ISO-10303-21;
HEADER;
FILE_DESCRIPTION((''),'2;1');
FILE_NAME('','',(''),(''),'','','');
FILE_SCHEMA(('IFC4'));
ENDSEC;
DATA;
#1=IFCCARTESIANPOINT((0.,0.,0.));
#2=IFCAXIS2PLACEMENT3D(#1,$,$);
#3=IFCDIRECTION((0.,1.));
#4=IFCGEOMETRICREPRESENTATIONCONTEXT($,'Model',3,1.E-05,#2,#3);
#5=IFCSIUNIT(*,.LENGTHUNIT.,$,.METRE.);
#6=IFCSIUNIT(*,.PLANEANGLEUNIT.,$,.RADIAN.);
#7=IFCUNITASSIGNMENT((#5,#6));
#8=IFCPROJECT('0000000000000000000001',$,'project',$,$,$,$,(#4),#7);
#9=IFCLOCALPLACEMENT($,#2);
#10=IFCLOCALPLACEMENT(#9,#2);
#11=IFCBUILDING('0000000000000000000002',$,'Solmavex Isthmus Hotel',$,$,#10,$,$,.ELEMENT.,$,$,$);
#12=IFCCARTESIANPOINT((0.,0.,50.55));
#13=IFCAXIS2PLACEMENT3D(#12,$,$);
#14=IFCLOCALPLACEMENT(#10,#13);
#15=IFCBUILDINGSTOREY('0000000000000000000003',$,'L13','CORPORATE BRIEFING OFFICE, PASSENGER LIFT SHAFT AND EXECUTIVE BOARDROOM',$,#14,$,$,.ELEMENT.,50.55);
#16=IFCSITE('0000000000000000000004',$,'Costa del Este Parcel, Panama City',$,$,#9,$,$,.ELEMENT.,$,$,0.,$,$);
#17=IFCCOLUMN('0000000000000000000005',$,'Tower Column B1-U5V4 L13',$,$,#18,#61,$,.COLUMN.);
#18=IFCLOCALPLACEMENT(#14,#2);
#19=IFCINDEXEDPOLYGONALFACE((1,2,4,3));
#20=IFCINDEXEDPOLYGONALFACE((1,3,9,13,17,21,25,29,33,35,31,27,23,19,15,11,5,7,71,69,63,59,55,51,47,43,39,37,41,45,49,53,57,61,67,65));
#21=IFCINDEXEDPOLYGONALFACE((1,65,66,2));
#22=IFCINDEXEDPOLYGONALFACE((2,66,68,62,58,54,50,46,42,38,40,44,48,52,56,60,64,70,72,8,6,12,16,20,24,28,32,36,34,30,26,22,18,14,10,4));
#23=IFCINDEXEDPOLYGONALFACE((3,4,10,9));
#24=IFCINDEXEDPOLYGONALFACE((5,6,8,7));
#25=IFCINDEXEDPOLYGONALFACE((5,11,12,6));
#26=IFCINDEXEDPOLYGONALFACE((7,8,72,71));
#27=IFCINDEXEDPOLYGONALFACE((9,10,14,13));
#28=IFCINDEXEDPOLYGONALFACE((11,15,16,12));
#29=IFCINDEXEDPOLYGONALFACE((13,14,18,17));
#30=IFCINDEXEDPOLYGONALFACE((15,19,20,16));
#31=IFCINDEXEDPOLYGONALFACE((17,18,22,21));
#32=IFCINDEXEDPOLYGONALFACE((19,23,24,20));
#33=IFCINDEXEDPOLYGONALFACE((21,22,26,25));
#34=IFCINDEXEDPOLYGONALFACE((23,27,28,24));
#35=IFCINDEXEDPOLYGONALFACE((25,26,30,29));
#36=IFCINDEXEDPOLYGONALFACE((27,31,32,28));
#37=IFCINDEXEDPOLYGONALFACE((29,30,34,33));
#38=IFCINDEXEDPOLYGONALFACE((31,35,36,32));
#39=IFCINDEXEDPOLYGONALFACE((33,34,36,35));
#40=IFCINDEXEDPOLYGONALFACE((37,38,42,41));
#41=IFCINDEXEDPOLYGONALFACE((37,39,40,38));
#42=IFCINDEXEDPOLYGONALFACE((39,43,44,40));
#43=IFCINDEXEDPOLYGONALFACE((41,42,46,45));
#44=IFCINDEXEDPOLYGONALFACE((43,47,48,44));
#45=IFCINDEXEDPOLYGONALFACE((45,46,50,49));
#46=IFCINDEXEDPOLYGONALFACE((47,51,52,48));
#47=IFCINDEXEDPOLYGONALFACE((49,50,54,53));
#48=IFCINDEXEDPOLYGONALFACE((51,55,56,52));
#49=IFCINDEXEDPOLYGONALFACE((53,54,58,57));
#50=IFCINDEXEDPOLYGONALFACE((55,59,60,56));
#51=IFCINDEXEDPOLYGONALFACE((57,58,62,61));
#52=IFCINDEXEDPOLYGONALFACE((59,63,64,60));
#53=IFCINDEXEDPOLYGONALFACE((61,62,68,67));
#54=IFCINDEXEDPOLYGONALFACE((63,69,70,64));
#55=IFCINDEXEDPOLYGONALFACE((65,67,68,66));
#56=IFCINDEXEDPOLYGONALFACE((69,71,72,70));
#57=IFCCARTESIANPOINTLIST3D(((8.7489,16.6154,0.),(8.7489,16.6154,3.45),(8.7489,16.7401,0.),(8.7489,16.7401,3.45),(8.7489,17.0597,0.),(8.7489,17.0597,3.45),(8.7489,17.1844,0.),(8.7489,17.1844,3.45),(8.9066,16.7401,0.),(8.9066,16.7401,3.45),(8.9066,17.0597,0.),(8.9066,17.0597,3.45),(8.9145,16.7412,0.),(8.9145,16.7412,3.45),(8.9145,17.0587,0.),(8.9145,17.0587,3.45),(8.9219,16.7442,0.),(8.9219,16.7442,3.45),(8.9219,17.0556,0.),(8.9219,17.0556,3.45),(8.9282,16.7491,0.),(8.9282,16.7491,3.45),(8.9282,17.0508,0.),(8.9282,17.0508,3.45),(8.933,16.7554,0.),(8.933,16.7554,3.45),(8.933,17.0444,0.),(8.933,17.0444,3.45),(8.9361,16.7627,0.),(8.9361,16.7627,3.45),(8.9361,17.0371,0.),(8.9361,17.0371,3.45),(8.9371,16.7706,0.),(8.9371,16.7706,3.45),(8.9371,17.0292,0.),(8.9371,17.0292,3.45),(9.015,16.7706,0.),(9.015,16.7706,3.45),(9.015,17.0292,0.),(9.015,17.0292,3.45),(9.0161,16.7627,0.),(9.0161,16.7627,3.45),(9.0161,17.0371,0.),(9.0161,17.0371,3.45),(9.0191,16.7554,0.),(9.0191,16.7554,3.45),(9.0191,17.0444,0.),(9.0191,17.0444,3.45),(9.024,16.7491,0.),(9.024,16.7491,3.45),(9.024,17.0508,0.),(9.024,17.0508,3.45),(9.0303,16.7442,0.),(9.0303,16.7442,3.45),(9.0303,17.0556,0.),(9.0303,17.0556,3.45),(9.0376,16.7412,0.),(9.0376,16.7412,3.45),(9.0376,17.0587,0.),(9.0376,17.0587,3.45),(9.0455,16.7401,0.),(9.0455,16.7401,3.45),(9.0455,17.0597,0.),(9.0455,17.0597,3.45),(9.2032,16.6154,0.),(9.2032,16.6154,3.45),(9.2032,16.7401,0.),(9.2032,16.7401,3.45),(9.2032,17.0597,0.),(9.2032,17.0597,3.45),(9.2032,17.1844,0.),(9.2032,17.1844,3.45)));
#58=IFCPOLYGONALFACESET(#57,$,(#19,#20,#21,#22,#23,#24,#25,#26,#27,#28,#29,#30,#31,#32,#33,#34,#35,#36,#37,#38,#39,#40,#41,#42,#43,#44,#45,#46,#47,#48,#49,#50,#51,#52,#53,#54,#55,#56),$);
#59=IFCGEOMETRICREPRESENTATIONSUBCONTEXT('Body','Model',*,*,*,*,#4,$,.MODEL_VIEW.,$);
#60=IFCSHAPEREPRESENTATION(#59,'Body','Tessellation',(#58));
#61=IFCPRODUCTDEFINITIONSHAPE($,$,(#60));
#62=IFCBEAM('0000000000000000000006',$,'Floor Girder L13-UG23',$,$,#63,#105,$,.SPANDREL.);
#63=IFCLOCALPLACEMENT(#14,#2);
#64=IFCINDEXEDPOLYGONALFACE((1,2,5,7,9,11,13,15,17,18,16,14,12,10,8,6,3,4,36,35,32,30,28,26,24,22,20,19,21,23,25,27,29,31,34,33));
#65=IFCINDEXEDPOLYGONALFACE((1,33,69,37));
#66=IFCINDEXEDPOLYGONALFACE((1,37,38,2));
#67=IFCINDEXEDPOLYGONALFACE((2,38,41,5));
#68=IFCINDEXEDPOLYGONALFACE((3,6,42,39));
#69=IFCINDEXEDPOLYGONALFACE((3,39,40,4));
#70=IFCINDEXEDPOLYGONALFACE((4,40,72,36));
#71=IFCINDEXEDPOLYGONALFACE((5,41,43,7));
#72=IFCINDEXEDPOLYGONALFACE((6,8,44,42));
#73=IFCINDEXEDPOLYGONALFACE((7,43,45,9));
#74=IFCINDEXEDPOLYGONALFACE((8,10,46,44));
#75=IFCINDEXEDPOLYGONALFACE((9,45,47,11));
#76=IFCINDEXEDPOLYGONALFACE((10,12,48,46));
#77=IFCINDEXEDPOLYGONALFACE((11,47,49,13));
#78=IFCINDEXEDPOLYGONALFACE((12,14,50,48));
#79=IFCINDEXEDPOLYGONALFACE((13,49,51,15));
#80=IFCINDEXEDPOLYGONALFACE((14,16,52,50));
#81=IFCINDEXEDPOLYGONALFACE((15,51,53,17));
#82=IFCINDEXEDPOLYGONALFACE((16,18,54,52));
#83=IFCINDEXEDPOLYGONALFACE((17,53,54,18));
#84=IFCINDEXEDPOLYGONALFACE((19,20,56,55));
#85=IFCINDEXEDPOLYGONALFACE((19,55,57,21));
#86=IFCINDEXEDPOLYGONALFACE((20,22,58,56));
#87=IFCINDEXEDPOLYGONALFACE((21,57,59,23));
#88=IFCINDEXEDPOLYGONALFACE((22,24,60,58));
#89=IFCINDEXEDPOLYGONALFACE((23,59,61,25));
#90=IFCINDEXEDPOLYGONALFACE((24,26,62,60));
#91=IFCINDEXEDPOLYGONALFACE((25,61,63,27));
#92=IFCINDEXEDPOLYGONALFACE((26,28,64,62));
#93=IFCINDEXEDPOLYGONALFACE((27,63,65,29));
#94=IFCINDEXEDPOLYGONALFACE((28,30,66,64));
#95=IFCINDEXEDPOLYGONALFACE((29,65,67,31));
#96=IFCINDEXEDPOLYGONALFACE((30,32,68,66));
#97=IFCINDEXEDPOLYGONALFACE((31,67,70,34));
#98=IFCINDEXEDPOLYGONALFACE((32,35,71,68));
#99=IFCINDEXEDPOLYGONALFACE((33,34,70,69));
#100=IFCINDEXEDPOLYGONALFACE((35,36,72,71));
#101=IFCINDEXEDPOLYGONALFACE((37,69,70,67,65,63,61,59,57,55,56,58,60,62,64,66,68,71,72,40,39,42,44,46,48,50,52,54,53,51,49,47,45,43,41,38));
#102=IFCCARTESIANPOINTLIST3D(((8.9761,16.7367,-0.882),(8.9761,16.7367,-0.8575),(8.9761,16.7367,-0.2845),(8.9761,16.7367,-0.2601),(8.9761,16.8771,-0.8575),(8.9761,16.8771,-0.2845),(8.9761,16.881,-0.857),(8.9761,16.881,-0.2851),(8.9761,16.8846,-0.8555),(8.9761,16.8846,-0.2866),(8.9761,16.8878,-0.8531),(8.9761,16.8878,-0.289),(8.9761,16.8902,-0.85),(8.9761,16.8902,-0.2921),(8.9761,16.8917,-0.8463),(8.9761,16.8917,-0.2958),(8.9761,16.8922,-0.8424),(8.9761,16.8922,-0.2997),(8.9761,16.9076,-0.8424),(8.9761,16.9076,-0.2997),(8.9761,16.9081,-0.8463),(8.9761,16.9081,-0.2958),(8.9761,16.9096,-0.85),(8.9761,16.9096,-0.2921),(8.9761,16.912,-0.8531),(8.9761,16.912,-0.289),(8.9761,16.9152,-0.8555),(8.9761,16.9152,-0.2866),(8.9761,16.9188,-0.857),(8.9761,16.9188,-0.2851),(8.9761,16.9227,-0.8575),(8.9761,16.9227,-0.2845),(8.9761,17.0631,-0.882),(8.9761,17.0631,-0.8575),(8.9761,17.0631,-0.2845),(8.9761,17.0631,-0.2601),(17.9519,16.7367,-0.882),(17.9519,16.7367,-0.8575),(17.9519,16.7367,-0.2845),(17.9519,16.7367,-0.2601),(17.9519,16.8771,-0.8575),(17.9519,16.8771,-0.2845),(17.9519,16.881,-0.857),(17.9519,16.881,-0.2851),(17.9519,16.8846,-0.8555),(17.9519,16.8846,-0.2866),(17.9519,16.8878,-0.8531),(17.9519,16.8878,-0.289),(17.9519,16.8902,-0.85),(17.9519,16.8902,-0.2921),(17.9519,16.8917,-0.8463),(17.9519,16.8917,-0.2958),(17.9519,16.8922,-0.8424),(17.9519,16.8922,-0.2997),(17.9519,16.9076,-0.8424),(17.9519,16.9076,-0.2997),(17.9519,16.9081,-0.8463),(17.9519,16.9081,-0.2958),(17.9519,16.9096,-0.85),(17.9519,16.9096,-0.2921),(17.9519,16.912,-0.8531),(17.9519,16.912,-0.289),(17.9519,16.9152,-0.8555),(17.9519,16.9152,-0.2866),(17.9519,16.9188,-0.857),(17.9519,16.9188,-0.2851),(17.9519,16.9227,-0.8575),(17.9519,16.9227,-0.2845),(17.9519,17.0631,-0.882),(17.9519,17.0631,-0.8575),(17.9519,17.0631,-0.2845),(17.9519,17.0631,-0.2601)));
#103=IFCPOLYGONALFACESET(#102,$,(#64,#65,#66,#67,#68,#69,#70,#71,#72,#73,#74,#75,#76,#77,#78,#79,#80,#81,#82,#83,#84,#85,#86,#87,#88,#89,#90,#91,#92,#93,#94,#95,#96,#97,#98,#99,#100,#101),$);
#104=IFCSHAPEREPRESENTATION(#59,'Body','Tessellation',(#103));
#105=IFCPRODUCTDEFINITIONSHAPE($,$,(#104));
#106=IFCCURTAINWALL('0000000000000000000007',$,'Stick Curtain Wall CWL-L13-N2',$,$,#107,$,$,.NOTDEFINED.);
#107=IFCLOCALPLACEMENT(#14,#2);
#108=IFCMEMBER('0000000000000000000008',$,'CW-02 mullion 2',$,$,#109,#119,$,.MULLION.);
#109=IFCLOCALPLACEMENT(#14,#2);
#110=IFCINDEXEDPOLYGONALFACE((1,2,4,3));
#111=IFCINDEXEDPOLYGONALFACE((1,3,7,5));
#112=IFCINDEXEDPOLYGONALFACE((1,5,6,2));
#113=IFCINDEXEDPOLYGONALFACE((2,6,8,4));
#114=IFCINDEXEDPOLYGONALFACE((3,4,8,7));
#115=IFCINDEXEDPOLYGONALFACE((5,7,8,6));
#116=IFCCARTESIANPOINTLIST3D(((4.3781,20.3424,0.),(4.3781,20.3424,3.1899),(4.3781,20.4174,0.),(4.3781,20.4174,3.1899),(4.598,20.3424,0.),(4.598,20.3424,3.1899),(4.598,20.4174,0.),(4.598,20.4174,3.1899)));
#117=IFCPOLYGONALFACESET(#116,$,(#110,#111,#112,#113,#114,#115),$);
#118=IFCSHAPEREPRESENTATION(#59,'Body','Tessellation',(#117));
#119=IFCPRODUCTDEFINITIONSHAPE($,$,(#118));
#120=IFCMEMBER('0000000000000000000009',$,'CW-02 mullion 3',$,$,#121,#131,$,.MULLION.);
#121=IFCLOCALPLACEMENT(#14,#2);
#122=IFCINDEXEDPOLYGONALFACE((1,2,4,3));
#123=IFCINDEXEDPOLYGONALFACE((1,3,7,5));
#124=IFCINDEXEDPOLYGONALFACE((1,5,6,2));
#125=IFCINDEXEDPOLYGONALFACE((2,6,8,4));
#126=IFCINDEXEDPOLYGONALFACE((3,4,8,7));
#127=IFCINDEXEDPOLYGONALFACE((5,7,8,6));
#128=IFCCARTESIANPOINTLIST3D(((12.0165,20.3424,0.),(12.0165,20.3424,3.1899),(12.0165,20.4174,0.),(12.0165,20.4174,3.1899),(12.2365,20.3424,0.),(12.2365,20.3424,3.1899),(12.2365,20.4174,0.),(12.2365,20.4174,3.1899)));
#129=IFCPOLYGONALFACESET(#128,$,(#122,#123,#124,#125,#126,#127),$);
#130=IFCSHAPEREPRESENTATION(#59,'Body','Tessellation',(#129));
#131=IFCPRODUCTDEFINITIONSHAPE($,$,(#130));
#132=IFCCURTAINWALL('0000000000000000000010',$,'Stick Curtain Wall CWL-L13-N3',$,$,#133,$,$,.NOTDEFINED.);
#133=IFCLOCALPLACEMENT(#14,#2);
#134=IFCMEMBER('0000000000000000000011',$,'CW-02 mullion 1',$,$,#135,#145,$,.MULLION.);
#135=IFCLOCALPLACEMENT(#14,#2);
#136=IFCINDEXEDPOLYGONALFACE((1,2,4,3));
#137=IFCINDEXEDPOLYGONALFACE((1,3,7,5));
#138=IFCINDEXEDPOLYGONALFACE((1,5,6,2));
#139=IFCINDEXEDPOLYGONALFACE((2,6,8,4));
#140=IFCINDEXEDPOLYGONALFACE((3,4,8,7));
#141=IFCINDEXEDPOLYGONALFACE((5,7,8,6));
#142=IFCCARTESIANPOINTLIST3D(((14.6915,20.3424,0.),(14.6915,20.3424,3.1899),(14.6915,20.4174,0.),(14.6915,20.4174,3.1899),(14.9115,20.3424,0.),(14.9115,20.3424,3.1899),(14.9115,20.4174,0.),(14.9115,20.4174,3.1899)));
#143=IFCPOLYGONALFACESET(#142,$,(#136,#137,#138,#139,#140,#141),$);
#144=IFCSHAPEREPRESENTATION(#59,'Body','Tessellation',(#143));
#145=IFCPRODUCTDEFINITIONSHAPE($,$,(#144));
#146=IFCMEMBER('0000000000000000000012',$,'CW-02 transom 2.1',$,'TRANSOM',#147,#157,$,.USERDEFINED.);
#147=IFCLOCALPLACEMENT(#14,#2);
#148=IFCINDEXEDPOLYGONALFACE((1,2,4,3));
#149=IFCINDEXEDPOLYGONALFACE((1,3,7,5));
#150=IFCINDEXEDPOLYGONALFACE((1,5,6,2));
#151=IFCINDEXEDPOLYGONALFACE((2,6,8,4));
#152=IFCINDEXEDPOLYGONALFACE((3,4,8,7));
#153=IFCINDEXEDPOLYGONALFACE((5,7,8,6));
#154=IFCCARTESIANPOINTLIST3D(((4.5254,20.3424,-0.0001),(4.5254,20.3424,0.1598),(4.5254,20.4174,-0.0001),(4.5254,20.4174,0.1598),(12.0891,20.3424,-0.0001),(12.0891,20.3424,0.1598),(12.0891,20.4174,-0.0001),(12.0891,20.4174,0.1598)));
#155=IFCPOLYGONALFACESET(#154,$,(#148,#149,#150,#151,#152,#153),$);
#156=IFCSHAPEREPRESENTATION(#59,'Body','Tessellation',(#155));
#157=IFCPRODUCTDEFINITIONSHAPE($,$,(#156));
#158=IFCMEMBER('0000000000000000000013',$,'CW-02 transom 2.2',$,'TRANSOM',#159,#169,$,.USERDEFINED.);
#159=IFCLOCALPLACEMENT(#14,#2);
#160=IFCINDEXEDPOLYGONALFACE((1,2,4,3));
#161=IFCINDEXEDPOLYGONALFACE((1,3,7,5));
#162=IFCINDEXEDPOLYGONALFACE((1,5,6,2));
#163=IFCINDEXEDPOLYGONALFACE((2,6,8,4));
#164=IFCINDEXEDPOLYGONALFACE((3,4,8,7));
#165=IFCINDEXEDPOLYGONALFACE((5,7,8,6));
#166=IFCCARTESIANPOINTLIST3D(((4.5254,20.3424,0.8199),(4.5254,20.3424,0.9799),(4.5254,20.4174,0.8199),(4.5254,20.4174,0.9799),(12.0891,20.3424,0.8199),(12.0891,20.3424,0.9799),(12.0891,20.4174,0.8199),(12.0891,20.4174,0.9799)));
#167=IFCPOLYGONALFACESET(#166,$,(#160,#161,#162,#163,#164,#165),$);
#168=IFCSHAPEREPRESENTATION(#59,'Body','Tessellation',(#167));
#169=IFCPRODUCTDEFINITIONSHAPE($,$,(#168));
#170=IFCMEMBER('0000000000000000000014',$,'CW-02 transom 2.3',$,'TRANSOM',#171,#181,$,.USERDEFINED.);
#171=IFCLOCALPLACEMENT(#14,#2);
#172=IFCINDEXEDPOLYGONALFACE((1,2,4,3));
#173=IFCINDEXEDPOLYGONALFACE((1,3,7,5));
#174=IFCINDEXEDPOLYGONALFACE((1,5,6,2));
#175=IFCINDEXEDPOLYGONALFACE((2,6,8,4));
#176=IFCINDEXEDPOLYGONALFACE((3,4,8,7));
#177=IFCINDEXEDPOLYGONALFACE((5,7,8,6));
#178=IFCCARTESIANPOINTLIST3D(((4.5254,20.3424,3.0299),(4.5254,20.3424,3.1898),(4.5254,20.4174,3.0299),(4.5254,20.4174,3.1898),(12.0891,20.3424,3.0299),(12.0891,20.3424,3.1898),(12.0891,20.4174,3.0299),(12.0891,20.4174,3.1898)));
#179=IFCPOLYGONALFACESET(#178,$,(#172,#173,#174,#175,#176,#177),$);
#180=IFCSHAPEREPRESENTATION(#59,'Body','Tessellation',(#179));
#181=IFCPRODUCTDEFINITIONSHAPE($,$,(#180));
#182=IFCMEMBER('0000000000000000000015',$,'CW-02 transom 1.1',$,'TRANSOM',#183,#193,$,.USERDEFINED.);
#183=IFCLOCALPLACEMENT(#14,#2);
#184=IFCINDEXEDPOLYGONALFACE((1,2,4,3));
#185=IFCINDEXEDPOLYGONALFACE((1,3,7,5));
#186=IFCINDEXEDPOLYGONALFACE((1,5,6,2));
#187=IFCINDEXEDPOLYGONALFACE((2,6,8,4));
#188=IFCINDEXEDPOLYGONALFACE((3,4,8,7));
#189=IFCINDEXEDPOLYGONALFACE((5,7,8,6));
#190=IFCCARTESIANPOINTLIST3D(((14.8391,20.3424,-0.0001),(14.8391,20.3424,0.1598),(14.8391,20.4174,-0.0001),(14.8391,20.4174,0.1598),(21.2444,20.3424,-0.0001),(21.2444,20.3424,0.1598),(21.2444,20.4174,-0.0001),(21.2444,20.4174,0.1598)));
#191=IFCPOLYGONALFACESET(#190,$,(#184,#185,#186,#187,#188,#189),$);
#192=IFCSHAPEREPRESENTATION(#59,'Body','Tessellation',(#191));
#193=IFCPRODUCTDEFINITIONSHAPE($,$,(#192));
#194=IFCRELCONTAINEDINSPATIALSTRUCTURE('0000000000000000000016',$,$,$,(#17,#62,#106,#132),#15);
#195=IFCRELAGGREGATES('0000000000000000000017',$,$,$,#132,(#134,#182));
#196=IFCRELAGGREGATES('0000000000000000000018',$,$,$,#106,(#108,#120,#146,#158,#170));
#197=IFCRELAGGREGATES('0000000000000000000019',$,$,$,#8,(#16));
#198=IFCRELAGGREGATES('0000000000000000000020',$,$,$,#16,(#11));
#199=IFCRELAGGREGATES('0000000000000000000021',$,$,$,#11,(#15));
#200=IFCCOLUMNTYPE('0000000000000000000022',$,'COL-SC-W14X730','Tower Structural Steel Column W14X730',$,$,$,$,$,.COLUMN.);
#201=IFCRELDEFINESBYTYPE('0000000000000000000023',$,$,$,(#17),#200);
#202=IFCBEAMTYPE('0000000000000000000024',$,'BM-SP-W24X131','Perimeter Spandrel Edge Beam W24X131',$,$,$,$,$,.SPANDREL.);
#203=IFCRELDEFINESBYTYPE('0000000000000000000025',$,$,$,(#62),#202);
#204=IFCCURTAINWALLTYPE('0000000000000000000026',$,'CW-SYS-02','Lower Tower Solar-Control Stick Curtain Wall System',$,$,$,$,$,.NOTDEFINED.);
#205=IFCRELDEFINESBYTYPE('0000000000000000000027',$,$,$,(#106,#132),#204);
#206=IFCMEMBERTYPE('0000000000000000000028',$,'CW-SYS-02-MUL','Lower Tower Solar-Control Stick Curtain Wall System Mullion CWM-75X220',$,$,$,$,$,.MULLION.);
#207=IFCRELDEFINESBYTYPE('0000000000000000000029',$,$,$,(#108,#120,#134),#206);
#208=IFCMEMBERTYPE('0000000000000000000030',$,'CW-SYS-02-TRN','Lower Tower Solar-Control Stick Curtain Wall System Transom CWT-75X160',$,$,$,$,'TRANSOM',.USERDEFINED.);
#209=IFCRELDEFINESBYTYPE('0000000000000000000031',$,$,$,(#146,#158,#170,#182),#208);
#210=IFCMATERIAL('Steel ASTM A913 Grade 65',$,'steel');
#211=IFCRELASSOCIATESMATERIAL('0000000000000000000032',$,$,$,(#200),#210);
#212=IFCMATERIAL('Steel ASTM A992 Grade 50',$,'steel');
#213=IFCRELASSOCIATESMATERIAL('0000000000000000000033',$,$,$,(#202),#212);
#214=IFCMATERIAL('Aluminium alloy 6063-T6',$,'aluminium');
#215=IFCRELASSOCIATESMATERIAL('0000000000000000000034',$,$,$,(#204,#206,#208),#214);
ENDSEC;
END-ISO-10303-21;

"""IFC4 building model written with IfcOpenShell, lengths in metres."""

from ifc_helpers import new_model, si_unit, direction, frame, origin, origin_2d, place, context, subcontext, project, spatial, rectangle, i_section, extrude, material, material_profile, profile_set, type_object, element, aggregate, save


model = new_model("IFC4")

# Units and contexts
model_context = context("Model", 3, precision=1e-05, world=origin(), true_north=direction((0.0, 1.0)))
body_context = subcontext(model_context, "Body", "Model", "MODEL_VIEW")
ifc_project = project(units=[si_unit("LENGTHUNIT", "METRE"), si_unit("PLANEANGLEUNIT", "RADIAN")], contexts=[model_context])

# Site, building, storey
site_placement = place(None, origin())
site = spatial("IfcSite", under=ifc_project, at=site_placement, Name="Costa del Este Parcel, Panama City", CompositionType="ELEMENT", RefElevation=0.0)
building_placement = place(site_placement, origin())
building = spatial("IfcBuilding", under=site, at=building_placement, Name="Solmavex Isthmus Hotel", CompositionType="ELEMENT")
storey_placement = place(building_placement, frame((0.0, 0.0, 50.55)))
storey = spatial("IfcBuildingStorey", under=building, at=storey_placement, Name="L13", Description="CORPORATE BRIEFING OFFICE, PASSENGER LIFT SHAFT AND EXECUTIVE BOARDROOM", CompositionType="ELEMENT", Elevation=50.55)

# Column
ifc_material_1 = material(Name="Steel ASTM A913 Grade 65", Category="steel")
ifc_material_profile_1 = material_profile(ifc_material_1, i_section(OverallWidth=0.4543, OverallDepth=0.5691, WebThickness=0.0779, FlangeThickness=0.1248, FilletRadius=0.0305, at=origin_2d()), Name="W14X730")
ifc_profile_set_1 = profile_set([ifc_material_profile_1], Name="Steel ASTM A913 Grade 65")
column_type = type_object("IfcColumnType", Name="COL-SC-W14X730", Description="Tower Structural Steel Column W14X730", PredefinedType="COLUMN", material=ifc_profile_set_1)
column_placement = place(storey_placement, frame((8.9761, 16.8999, 0.0), z_axis=(0.0, 0.0, 1.0), x_axis=(1.0, 0.0, 0.0)))
element("IfcColumn", 1, at=column_placement, inside=storey, type_object=column_type, Name="Tower Column B1-U5V4 L13", PredefinedType="COLUMN", context=body_context, shape_type="SweptSolid", body=[
    extrude(i_section(OverallWidth=0.4543, OverallDepth=0.5691, WebThickness=0.0779, FlangeThickness=0.1248, FilletRadius=0.0305, at=origin_2d()), origin(), (0.0, 0.0, 1.0), 3.45),
])

# Beam
ifc_material_2 = material(Name="Steel ASTM A992 Grade 50", Category="steel")
ifc_material_profile_2 = material_profile(ifc_material_2, i_section(OverallWidth=0.3264, OverallDepth=0.6218, WebThickness=0.0154, FlangeThickness=0.0244, FilletRadius=0.0151, at=origin_2d()), Name="W24X131")
ifc_profile_set_2 = profile_set([ifc_material_profile_2], Name="Steel ASTM A992 Grade 50")
beam_type = type_object("IfcBeamType", Name="BM-SP-W24X131", Description="Perimeter Spandrel Edge Beam W24X131", PredefinedType="SPANDREL", material=ifc_profile_set_2)
beam_placement = place(storey_placement, frame((8.9761, 16.8999, -0.571), z_axis=(1.0, 0.0, 0.0), x_axis=(0.0, 1.0, 0.0)))
element("IfcBeam", 2, at=beam_placement, inside=storey, type_object=beam_type, Name="Floor Girder L13-UG23", PredefinedType="SPANDREL", context=body_context, shape_type="SweptSolid", body=[
    extrude(i_section(OverallWidth=0.3264, OverallDepth=0.6218, WebThickness=0.0154, FlangeThickness=0.0244, FilletRadius=0.0151, at=origin_2d()), origin(), (0.0, 0.0, 1.0), 8.9758),
])

# Curtain wall, members
ifc_material_3 = material(Name="Aluminium alloy 6063-T6", Category="aluminium")
curtain_wall_type = type_object("IfcCurtainWallType", Name="CW-SYS-02", Description="Lower Tower Solar-Control Stick Curtain Wall System", PredefinedType="NOTDEFINED", material=ifc_material_3)
curtain_wall_1_placement = place(storey_placement, origin())
curtain_wall_1 = element("IfcCurtainWall", 3, at=curtain_wall_1_placement, inside=storey, type_object=curtain_wall_type, Name="Stick Curtain Wall CWL-L13-N2", PredefinedType="NOTDEFINED")
ifc_material_profile_3 = material_profile(ifc_material_3, rectangle(XDim=0.075, YDim=0.22, at=origin_2d()), Name="CWM-75X220")
ifc_profile_set_3 = profile_set([ifc_material_profile_3], Name="Aluminium alloy 6063-T6")
member_type_1 = type_object("IfcMemberType", Name="CW-SYS-02-MUL", Description="Lower Tower Solar-Control Stick Curtain Wall System Mullion CWM-75X220", PredefinedType="MULLION", material=ifc_profile_set_3)
member_1_placement = place(storey_placement, frame((4.488, 20.3799, 0.0), z_axis=(0.0, 0.0, 1.0), x_axis=(0.0, 1.0, 0.0)))
member_1 = element("IfcMember", 4, at=member_1_placement, type_object=member_type_1, Name="CW-02 mullion 2", PredefinedType="MULLION", context=body_context, shape_type="SweptSolid", body=[
    extrude(rectangle(XDim=0.075, YDim=0.22, at=origin_2d()), origin(), (0.0, 0.0, 1.0), 3.1899),
])
member_2_placement = place(storey_placement, frame((12.1265, 20.3799, 0.0), z_axis=(0.0, 0.0, 1.0), x_axis=(0.0, 1.0, 0.0)))
member_2 = element("IfcMember", 5, at=member_2_placement, type_object=member_type_1, Name="CW-02 mullion 3", PredefinedType="MULLION", context=body_context, shape_type="SweptSolid", body=[
    extrude(rectangle(XDim=0.075, YDim=0.22, at=origin_2d()), origin(), (0.0, 0.0, 1.0), 3.1899),
])

# Curtain wall, member
curtain_wall_2_placement = place(storey_placement, origin())
curtain_wall_2 = element("IfcCurtainWall", 6, at=curtain_wall_2_placement, inside=storey, type_object=curtain_wall_type, Name="Stick Curtain Wall CWL-L13-N3", PredefinedType="NOTDEFINED")
member_3_placement = place(storey_placement, frame((14.8015, 20.3799, 0.0), z_axis=(0.0, 0.0, 1.0), x_axis=(0.0, 1.0, 0.0)))
member_3 = element("IfcMember", 7, at=member_3_placement, type_object=member_type_1, Name="CW-02 mullion 1", PredefinedType="MULLION", context=body_context, shape_type="SweptSolid", body=[
    extrude(rectangle(XDim=0.075, YDim=0.22, at=origin_2d()), origin(), (0.0, 0.0, 1.0), 3.1899),
])

# Members
ifc_material_profile_4 = material_profile(ifc_material_3, rectangle(XDim=0.075, YDim=0.1599, at=origin_2d()), Name="CWT-75X160")
ifc_profile_set_4 = profile_set([ifc_material_profile_4], Name="Aluminium alloy 6063-T6")
member_type_2 = type_object("IfcMemberType", Name="CW-SYS-02-TRN", Description="Lower Tower Solar-Control Stick Curtain Wall System Transom CWT-75X160", ElementType="TRANSOM", PredefinedType="USERDEFINED", material=ifc_profile_set_4)
member_4_placement = place(storey_placement, frame((4.5254, 20.3799, 0.0798), z_axis=(1.0, 0.0, 0.0), x_axis=(0.0, 1.0, 0.0)))
member_4 = element("IfcMember", 8, at=member_4_placement, type_object=member_type_2, Name="CW-02 transom 2.1", ObjectType="TRANSOM", PredefinedType="USERDEFINED", context=body_context, shape_type="SweptSolid", body=[
    extrude(rectangle(XDim=0.075, YDim=0.1599, at=origin_2d()), origin(), (0.0, 0.0, 1.0), 7.5637),
])
member_5_placement = place(storey_placement, frame((4.5254, 20.3799, 0.8999), z_axis=(1.0, 0.0, 0.0), x_axis=(0.0, 1.0, 0.0)))
member_5 = element("IfcMember", 9, at=member_5_placement, type_object=member_type_2, Name="CW-02 transom 2.2", ObjectType="TRANSOM", PredefinedType="USERDEFINED", context=body_context, shape_type="SweptSolid", body=[
    extrude(rectangle(XDim=0.075, YDim=0.1599, at=origin_2d()), origin(), (0.0, 0.0, 1.0), 7.5637),
])
member_6_placement = place(storey_placement, frame((4.5254, 20.3799, 3.1099), z_axis=(1.0, 0.0, 0.0), x_axis=(0.0, 1.0, 0.0)))
member_6 = element("IfcMember", 10, at=member_6_placement, type_object=member_type_2, Name="CW-02 transom 2.3", ObjectType="TRANSOM", PredefinedType="USERDEFINED", context=body_context, shape_type="SweptSolid", body=[
    extrude(rectangle(XDim=0.075, YDim=0.1599, at=origin_2d()), origin(), (0.0, 0.0, 1.0), 7.5637),
])
member_7_placement = place(storey_placement, frame((14.8391, 20.3799, 0.0798), z_axis=(1.0, 0.0, 0.0), x_axis=(0.0, 1.0, 0.0)))
member_7 = element("IfcMember", 11, at=member_7_placement, type_object=member_type_2, Name="CW-02 transom 1.1", ObjectType="TRANSOM", PredefinedType="USERDEFINED", context=body_context, shape_type="SweptSolid", body=[
    extrude(rectangle(XDim=0.075, YDim=0.1599, at=origin_2d()), origin(), (0.0, 0.0, 1.0), 6.4053),
])
aggregate(curtain_wall_2, [member_3, member_7])

aggregate(curtain_wall_1, [member_1, member_2, member_4, member_5, member_6])

save(model, "model.ifc")
